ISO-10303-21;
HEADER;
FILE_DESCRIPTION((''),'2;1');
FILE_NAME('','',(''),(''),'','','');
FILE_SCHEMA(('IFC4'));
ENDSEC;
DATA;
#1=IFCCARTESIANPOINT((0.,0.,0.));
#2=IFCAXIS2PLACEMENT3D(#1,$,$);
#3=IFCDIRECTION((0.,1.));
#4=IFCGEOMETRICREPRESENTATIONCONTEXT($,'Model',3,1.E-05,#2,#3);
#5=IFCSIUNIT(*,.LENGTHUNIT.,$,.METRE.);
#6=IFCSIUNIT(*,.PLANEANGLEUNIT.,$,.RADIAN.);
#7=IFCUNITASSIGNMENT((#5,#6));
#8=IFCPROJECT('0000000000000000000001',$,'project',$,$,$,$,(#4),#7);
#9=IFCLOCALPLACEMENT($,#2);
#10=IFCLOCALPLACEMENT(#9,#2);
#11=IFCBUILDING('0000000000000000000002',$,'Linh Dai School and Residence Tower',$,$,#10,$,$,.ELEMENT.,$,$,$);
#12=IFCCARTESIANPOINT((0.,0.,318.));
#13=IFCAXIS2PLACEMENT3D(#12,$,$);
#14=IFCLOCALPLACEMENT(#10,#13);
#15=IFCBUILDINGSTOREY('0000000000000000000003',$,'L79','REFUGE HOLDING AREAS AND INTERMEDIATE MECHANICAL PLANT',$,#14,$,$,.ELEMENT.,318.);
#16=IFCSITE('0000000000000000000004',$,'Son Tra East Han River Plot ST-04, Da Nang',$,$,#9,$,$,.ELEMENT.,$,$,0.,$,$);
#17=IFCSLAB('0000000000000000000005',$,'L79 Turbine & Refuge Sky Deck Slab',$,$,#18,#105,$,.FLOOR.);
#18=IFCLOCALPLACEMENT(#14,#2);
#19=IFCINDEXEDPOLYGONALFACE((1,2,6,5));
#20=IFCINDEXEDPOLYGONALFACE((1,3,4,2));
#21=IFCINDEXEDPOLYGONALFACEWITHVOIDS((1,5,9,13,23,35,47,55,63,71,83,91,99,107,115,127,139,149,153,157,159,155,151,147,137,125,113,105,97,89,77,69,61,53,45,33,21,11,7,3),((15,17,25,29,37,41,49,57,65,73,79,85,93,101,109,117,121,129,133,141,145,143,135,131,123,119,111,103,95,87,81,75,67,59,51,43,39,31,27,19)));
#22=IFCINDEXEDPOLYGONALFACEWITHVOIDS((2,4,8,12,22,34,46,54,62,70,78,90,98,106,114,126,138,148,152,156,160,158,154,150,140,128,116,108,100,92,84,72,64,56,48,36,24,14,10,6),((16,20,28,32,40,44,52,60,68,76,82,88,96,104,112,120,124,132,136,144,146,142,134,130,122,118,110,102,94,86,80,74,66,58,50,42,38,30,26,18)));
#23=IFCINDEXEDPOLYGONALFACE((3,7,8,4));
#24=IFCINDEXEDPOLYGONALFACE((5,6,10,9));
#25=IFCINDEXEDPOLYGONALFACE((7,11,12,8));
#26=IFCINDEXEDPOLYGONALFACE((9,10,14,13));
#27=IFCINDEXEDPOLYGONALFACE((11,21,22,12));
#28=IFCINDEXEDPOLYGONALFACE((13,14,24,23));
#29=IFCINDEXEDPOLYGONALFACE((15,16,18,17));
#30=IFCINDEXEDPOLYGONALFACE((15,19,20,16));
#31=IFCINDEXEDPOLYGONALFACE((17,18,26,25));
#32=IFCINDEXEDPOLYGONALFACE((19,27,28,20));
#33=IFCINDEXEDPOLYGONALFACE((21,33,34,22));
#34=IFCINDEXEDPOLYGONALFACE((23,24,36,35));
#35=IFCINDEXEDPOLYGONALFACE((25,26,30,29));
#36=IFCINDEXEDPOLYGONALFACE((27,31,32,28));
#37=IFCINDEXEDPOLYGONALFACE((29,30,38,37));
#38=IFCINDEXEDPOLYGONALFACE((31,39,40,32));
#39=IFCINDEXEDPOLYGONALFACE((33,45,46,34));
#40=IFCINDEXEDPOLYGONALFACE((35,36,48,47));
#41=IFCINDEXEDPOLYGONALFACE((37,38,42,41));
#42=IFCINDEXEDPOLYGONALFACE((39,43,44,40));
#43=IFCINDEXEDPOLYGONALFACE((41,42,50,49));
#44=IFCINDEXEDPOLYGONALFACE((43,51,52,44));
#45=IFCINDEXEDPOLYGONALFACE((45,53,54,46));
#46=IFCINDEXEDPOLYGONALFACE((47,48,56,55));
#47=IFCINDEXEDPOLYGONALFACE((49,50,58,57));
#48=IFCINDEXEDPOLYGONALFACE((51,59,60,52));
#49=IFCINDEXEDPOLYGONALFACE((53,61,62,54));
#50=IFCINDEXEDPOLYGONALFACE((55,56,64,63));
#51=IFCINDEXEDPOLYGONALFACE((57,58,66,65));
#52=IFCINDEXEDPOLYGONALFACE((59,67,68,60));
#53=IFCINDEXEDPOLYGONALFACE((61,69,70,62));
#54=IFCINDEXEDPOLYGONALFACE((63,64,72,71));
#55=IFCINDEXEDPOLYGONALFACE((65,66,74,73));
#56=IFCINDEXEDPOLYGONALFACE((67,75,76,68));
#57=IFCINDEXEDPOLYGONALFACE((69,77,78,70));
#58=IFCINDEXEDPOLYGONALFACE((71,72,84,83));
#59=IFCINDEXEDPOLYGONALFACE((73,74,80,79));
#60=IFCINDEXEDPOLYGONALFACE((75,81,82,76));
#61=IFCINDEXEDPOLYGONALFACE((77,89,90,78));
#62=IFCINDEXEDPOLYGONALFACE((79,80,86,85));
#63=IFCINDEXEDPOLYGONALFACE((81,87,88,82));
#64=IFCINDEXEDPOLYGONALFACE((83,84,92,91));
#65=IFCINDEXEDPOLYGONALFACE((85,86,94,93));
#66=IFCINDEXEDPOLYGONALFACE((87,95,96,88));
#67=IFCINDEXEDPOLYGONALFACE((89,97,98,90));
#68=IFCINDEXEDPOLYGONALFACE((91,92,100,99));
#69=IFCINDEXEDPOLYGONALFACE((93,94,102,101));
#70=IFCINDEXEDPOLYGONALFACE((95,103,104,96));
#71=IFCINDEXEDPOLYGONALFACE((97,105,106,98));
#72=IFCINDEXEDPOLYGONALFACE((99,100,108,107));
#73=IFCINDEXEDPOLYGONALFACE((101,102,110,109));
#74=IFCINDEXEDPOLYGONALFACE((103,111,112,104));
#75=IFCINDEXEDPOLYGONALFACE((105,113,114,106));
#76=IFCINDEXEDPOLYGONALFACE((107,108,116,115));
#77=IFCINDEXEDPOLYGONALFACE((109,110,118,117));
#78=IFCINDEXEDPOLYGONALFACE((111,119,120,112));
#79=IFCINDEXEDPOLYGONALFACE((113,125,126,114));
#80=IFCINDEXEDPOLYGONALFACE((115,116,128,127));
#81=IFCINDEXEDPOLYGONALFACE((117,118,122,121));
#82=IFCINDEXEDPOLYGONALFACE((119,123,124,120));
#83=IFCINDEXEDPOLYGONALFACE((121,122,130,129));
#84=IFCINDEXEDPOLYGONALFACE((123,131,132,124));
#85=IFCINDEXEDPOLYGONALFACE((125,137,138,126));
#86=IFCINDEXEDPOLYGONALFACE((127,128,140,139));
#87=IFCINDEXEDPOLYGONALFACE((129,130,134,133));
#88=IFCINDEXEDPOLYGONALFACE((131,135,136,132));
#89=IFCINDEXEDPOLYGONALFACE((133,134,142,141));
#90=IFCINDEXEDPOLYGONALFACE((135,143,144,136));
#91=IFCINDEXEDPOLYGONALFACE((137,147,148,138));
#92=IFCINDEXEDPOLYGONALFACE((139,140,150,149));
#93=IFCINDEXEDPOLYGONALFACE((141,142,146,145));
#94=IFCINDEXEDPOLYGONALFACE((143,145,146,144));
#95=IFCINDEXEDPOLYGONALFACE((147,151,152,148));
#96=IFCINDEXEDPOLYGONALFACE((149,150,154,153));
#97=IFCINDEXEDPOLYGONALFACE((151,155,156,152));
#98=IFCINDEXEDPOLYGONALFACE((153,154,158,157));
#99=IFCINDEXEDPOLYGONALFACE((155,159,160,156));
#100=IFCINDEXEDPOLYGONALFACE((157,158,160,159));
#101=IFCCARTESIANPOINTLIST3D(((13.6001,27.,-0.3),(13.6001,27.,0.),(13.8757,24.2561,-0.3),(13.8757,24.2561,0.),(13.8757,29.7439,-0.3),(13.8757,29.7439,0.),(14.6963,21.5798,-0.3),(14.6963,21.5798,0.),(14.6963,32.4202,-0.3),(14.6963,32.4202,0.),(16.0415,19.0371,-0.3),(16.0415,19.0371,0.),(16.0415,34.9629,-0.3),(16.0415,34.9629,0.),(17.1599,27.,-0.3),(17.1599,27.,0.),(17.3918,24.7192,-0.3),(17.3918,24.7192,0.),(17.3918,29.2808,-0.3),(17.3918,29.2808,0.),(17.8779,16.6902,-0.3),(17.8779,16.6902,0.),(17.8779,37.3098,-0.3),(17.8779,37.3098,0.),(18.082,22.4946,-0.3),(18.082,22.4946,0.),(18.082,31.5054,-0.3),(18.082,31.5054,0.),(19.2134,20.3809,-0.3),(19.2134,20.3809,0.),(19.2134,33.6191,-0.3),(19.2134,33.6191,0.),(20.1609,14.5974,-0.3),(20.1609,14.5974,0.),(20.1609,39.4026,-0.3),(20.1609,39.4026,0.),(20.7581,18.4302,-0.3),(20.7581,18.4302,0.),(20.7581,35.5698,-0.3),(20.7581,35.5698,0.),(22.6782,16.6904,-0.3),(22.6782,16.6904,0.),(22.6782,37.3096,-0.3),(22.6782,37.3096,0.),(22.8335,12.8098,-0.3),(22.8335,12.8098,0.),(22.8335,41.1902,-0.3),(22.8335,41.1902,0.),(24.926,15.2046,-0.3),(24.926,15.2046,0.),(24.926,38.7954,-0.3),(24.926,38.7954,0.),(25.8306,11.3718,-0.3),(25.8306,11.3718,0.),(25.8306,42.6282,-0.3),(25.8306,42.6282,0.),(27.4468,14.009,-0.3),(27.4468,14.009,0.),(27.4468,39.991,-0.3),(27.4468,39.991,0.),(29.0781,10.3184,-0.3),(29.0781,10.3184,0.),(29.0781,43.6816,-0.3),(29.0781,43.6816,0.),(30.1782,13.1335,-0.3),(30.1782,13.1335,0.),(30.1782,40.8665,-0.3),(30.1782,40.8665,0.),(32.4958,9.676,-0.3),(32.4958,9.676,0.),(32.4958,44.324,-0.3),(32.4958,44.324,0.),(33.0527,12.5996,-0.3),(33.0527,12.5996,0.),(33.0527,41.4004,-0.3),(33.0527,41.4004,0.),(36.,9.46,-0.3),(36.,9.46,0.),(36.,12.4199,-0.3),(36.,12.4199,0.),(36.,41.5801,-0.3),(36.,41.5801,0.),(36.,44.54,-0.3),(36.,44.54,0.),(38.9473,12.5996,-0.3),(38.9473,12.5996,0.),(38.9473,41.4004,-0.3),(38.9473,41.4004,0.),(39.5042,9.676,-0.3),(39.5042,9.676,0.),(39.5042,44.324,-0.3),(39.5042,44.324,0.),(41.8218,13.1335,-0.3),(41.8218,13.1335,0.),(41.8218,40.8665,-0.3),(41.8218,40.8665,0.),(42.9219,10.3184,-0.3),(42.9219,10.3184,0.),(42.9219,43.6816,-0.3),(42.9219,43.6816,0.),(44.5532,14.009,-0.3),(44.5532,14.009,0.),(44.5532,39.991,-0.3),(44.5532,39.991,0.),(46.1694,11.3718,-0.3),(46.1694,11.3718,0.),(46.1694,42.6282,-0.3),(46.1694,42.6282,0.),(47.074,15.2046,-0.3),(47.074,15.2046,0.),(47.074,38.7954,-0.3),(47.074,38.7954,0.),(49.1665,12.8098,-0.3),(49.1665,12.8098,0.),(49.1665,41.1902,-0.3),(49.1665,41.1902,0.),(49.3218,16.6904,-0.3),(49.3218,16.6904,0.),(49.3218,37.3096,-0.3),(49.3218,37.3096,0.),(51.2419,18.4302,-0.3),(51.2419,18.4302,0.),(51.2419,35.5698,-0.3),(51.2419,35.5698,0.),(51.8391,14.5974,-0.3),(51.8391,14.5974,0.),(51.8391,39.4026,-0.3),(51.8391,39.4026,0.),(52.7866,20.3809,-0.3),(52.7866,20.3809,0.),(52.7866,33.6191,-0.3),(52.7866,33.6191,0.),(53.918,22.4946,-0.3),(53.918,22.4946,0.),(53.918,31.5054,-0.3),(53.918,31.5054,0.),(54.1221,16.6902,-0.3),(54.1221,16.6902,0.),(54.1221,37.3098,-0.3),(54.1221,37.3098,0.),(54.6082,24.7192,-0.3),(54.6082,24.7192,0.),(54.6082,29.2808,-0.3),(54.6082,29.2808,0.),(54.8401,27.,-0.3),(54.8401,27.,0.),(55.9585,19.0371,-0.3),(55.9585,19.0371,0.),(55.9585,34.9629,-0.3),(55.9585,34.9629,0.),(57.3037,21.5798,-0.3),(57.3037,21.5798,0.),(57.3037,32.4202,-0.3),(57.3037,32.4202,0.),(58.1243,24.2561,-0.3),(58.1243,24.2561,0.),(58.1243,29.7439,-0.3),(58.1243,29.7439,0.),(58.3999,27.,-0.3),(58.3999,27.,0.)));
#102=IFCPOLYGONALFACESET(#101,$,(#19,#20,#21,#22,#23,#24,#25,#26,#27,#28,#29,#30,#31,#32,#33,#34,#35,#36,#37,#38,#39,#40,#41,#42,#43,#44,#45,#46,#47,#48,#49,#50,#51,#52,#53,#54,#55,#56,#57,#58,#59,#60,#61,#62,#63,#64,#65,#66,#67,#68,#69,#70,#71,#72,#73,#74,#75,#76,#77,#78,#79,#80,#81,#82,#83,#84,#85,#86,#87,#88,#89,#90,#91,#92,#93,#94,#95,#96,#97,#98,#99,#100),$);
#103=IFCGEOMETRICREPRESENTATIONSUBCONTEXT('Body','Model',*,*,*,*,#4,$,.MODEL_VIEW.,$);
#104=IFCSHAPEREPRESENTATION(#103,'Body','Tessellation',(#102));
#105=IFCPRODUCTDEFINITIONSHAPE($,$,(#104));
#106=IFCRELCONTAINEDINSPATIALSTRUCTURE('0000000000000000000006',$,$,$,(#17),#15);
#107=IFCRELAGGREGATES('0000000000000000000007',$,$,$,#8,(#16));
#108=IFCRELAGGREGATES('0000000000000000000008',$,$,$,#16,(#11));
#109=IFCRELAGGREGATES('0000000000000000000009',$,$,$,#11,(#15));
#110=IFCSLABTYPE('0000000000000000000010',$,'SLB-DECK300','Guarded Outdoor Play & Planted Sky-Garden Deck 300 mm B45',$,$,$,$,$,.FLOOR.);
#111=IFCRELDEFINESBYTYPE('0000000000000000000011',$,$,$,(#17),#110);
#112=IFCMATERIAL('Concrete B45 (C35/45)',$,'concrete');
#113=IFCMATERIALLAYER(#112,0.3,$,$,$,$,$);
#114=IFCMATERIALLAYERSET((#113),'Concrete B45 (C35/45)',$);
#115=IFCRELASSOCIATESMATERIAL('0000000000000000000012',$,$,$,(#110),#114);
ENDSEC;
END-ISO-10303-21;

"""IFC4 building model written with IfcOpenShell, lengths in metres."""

from ifc_helpers import new_model, si_unit, direction, frame, origin, place, context, subcontext, project, spatial, polyline, outline, extrude, material, layer, layer_set, type_object, element, save


model = new_model("IFC4")

# Units and contexts
model_context = context("Model", 3, precision=1e-05, world=origin(), true_north=direction((0.0, 1.0)))
body_context = subcontext(model_context, "Body", "Model", "MODEL_VIEW")
ifc_project = project(units=[si_unit("LENGTHUNIT", "METRE"), si_unit("PLANEANGLEUNIT", "RADIAN")], contexts=[model_context])

# Site, building, storey
site_placement = place(None, origin())
site = spatial("IfcSite", under=ifc_project, at=site_placement, Name="Son Tra East Han River Plot ST-04, Da Nang", CompositionType="ELEMENT", RefElevation=0.0)
building_placement = place(site_placement, origin())
building = spatial("IfcBuilding", under=site, at=building_placement, Name="Linh Dai School and Residence Tower", CompositionType="ELEMENT")
storey_placement = place(building_placement, frame((0.0, 0.0, 318.0)))
storey = spatial("IfcBuildingStorey", under=building, at=storey_placement, Name="L79", Description="REFUGE HOLDING AREAS AND INTERMEDIATE MECHANICAL PLANT", CompositionType="ELEMENT", Elevation=318.0)

# Slab
ifc_material_1 = material(Name="Concrete B45 (C35/45)", Category="concrete")
ifc_layer_1 = layer(ifc_material_1, 0.3)
ifc_layer_set_1 = layer_set([ifc_layer_1], Name="Concrete B45 (C35/45)")
slab_type_1 = type_object("IfcSlabType", Name="SLB-DECK300", Description="Guarded Outdoor Play & Planted Sky-Garden Deck 300 mm B45", PredefinedType="FLOOR", material=ifc_layer_set_1)
slab_1_placement = place(storey_placement, frame((0.0, 0.0, -0.3)))
element("IfcSlab", 1, at=slab_1_placement, inside=storey, type_object=slab_type_1, Name="L79 Turbine & Refuge Sky Deck Slab", PredefinedType="FLOOR", context=body_context, shape_type="SweptSolid", body=[
    extrude(outline(polyline([(58.3999, 27.0), (58.1243, 29.7439), (57.3037, 32.4202), (55.9585, 34.9629), (54.1221, 37.3098), (51.8391, 39.4026), (49.1665, 41.1902), (46.1694, 42.6282), (42.9219, 43.6816), (39.5042, 44.324), (36.0, 44.54), (32.4958, 44.324), (29.0781, 43.6816), (25.8306, 42.6282), (22.8335, 41.1902), (20.1609, 39.4026), (17.8779, 37.3098), (16.0415, 34.9629), (14.6963, 32.4202), (13.8757, 29.7439), (13.6001, 27.0), (13.8757, 24.2561), (14.6963, 21.5798), (16.0415, 19.0371), (17.8779, 16.6902), (20.1609, 14.5974), (22.8335, 12.8098), (25.8306, 11.3718), (29.0781, 10.3184), (32.4958, 9.676), (36.0, 9.46), (39.5042, 9.676), (42.9219, 10.3184), (46.1694, 11.3718), (49.1665, 12.8098), (51.8391, 14.5974), (54.1221, 16.6902), (55.9585, 19.0371), (57.3037, 21.5798), (58.1243, 24.2561), (58.3999, 27.0)]), holes=[polyline([(54.8401, 27.0), (54.6082, 29.2808), (53.918, 31.5054), (52.7866, 33.6191), (51.2419, 35.5698), (49.3218, 37.3096), (47.074, 38.7954), (44.5532, 39.991), (41.8218, 40.8665), (38.9473, 41.4004), (36.0, 41.5801), (33.0527, 41.4004), (30.1782, 40.8665), (27.4468, 39.991), (24.926, 38.7954), (22.6782, 37.3096), (20.7581, 35.5698), (19.2134, 33.6191), (18.082, 31.5054), (17.3918, 29.2808), (17.1599, 27.0), (17.3918, 24.7192), (18.082, 22.4946), (19.2134, 20.3809), (20.7581, 18.4302), (22.6782, 16.6904), (24.926, 15.2046), (27.4468, 14.009), (30.1782, 13.1335), (33.0527, 12.5996), (36.0, 12.4199), (38.9473, 12.5996), (41.8218, 13.1335), (44.5532, 14.009), (47.074, 15.2046), (49.3218, 16.6904), (51.2419, 18.4302), (52.7866, 20.3809), (53.918, 22.4946), (54.6082, 24.7192), (54.8401, 27.0)])]), origin(), (0.0, 0.0, 1.0), 0.3),
])

save(model, "model.ifc")
